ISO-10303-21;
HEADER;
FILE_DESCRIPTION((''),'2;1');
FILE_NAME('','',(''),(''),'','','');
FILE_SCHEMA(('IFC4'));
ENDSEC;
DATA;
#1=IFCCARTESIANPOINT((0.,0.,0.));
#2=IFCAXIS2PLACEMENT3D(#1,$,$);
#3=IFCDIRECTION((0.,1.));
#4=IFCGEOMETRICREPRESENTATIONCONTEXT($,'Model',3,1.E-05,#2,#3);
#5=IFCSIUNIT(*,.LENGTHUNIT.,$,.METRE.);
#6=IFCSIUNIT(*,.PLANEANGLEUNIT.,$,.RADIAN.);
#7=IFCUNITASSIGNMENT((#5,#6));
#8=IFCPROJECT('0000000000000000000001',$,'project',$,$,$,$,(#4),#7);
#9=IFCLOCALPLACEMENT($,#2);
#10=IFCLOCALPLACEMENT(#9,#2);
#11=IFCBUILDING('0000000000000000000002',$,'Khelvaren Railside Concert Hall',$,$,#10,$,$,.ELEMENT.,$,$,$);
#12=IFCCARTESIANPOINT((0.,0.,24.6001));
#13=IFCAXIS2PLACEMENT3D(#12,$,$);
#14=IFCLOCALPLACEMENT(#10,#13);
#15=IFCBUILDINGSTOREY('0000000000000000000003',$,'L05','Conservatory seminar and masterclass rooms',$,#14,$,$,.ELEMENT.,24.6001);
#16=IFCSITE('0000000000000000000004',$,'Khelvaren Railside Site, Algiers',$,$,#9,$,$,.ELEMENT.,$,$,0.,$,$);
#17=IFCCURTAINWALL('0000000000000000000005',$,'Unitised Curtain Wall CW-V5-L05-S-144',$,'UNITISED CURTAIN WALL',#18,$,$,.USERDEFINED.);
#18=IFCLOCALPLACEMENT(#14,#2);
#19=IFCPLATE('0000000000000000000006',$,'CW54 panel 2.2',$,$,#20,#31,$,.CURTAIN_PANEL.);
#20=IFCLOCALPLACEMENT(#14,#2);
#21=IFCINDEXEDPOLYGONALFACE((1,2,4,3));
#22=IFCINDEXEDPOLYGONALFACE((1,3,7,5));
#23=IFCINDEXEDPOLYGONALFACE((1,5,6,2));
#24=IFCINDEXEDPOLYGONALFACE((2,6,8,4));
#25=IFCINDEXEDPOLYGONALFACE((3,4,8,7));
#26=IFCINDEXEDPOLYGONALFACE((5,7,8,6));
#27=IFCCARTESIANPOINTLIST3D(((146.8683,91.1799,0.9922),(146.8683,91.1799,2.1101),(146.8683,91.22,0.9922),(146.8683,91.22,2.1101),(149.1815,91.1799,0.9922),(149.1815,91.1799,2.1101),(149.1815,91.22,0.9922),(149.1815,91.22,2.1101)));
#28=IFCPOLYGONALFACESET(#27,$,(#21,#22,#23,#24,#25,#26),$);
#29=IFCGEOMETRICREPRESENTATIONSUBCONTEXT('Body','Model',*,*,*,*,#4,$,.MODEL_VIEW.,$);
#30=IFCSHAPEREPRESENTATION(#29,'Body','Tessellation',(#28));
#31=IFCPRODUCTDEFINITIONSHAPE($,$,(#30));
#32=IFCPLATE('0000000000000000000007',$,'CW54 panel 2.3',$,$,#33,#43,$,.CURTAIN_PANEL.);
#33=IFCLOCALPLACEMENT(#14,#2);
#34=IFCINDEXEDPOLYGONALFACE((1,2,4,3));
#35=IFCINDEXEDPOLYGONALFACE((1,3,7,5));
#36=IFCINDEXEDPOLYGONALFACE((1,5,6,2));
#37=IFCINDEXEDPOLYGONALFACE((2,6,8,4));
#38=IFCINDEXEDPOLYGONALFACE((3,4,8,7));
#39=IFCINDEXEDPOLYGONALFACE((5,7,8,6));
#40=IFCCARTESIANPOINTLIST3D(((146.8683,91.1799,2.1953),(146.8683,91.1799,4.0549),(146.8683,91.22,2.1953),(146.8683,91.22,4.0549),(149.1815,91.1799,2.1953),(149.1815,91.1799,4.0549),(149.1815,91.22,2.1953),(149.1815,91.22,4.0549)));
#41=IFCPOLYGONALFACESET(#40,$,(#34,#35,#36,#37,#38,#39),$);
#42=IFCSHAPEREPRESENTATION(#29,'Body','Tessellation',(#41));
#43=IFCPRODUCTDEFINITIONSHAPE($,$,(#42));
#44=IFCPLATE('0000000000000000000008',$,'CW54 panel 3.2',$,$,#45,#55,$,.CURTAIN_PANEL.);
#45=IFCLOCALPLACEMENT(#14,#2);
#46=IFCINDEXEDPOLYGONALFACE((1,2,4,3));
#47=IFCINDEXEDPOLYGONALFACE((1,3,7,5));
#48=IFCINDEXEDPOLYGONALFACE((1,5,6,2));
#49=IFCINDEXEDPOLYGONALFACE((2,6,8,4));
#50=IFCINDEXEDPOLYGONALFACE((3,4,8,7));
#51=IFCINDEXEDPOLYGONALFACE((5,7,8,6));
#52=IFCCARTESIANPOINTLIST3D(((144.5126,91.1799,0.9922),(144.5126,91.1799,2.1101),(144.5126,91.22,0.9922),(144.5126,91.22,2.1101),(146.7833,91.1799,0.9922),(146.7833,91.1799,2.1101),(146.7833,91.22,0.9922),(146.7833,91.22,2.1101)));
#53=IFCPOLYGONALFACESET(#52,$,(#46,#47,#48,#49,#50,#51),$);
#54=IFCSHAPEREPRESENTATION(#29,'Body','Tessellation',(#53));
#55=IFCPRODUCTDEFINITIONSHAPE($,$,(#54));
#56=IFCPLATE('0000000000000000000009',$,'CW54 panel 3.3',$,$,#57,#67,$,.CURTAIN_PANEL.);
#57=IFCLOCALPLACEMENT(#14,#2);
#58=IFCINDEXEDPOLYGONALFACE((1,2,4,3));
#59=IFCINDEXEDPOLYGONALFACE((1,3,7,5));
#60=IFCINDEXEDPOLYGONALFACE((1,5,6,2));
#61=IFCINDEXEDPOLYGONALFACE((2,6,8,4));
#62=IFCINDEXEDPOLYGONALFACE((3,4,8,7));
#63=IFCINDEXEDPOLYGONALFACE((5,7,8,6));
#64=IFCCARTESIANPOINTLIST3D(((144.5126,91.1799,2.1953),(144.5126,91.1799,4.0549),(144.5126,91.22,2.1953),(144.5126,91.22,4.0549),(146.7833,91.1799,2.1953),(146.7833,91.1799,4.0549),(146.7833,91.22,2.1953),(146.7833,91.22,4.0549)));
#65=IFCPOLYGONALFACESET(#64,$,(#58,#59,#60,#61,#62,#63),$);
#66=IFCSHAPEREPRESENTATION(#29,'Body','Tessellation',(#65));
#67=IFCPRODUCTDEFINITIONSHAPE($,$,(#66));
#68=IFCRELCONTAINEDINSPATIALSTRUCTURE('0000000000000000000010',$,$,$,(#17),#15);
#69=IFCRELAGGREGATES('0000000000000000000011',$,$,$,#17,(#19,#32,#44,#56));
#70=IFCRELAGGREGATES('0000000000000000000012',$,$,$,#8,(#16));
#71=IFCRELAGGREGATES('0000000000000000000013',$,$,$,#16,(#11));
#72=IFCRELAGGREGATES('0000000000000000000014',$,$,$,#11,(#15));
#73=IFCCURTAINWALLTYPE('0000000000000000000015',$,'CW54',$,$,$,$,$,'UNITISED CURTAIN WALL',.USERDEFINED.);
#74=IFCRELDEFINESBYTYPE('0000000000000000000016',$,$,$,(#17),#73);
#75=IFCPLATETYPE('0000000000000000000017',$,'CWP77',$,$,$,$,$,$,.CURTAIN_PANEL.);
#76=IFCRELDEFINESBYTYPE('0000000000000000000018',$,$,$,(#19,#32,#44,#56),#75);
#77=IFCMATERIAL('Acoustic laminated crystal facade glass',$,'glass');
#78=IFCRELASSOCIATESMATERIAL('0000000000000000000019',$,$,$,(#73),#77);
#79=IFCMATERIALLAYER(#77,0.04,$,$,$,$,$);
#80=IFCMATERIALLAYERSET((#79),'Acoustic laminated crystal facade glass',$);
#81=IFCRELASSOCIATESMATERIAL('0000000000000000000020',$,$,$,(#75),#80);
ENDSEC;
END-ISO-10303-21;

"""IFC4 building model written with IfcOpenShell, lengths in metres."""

from ifc_helpers import new_model, si_unit, direction, frame, origin, origin_2d, place, context, subcontext, project, spatial, rectangle, extrude, material, layer, layer_set, type_object, element, aggregate, save


model = new_model("IFC4")

# Units and contexts
model_context = context("Model", 3, precision=1e-05, world=origin(), true_north=direction((0.0, 1.0)))
body_context = subcontext(model_context, "Body", "Model", "MODEL_VIEW")
ifc_project = project(units=[si_unit("LENGTHUNIT", "METRE"), si_unit("PLANEANGLEUNIT", "RADIAN")], contexts=[model_context])

# Site, building, storey
site_placement = place(None, origin())
site = spatial("IfcSite", under=ifc_project, at=site_placement, Name="Khelvaren Railside Site, Algiers", CompositionType="ELEMENT", RefElevation=0.0)
building_placement = place(site_placement, origin())
building = spatial("IfcBuilding", under=site, at=building_placement, Name="Khelvaren Railside Concert Hall", CompositionType="ELEMENT")
storey_placement = place(building_placement, frame((0.0, 0.0, 24.6001)))
storey = spatial("IfcBuildingStorey", under=building, at=storey_placement, Name="L05", Description="Conservatory seminar and masterclass rooms", CompositionType="ELEMENT", Elevation=24.6001)

# Curtain wall, plates
ifc_material_1 = material(Name="Acoustic laminated crystal facade glass", Category="glass")
curtain_wall_type = type_object("IfcCurtainWallType", Name="CW54", ElementType="UNITISED CURTAIN WALL", PredefinedType="USERDEFINED", material=ifc_material_1)
curtain_wall_placement = place(storey_placement, origin())
curtain_wall = element("IfcCurtainWall", 1, at=curtain_wall_placement, inside=storey, type_object=curtain_wall_type, Name="Unitised Curtain Wall CW-V5-L05-S-144", ObjectType="UNITISED CURTAIN WALL", PredefinedType="USERDEFINED")
ifc_layer = layer(ifc_material_1, 0.04)
ifc_layer_set = layer_set([ifc_layer], Name="Acoustic laminated crystal facade glass")
plate_type = type_object("IfcPlateType", Name="CWP77", PredefinedType="CURTAIN_PANEL", material=ifc_layer_set)
plate_1_placement = place(storey_placement, frame((148.0249, 91.2, 0.9922), z_axis=(0.0, 0.0, 1.0), x_axis=(-1.0, 0.0, 0.0)))
plate_1 = element("IfcPlate", 2, at=plate_1_placement, type_object=plate_type, Name="CW54 panel 2.2", PredefinedType="CURTAIN_PANEL", context=body_context, shape_type="SweptSolid", body=[
    extrude(rectangle(XDim=2.3132, YDim=0.04, at=origin_2d()), origin(), (0.0, 0.0, 1.0), 1.1179),
])
plate_2_placement = place(storey_placement, frame((148.0249, 91.2, 2.1953), z_axis=(0.0, 0.0, 1.0), x_axis=(-1.0, 0.0, 0.0)))
plate_2 = element("IfcPlate", 3, at=plate_2_placement, type_object=plate_type, Name="CW54 panel 2.3", PredefinedType="CURTAIN_PANEL", context=body_context, shape_type="SweptSolid", body=[
    extrude(rectangle(XDim=2.3132, YDim=0.04, at=origin_2d()), origin(), (0.0, 0.0, 1.0), 1.8596),
])
plate_3_placement = place(storey_placement, frame((145.6479, 91.2, 0.9922), z_axis=(0.0, 0.0, 1.0), x_axis=(-1.0, 0.0, 0.0)))
plate_3 = element("IfcPlate", 4, at=plate_3_placement, type_object=plate_type, Name="CW54 panel 3.2", PredefinedType="CURTAIN_PANEL", context=body_context, shape_type="SweptSolid", body=[
    extrude(rectangle(XDim=2.2708, YDim=0.04, at=origin_2d()), origin(), (0.0, 0.0, 1.0), 1.1179),
])
plate_4_placement = place(storey_placement, frame((145.6479, 91.2, 2.1953), z_axis=(0.0, 0.0, 1.0), x_axis=(-1.0, 0.0, 0.0)))
plate_4 = element("IfcPlate", 5, at=plate_4_placement, type_object=plate_type, Name="CW54 panel 3.3", PredefinedType="CURTAIN_PANEL", context=body_context, shape_type="SweptSolid", body=[
    extrude(rectangle(XDim=2.2708, YDim=0.04, at=origin_2d()), origin(), (0.0, 0.0, 1.0), 1.8596),
])
aggregate(curtain_wall, [plate_1, plate_2, plate_3, plate_4])

save(model, "model.ifc")
